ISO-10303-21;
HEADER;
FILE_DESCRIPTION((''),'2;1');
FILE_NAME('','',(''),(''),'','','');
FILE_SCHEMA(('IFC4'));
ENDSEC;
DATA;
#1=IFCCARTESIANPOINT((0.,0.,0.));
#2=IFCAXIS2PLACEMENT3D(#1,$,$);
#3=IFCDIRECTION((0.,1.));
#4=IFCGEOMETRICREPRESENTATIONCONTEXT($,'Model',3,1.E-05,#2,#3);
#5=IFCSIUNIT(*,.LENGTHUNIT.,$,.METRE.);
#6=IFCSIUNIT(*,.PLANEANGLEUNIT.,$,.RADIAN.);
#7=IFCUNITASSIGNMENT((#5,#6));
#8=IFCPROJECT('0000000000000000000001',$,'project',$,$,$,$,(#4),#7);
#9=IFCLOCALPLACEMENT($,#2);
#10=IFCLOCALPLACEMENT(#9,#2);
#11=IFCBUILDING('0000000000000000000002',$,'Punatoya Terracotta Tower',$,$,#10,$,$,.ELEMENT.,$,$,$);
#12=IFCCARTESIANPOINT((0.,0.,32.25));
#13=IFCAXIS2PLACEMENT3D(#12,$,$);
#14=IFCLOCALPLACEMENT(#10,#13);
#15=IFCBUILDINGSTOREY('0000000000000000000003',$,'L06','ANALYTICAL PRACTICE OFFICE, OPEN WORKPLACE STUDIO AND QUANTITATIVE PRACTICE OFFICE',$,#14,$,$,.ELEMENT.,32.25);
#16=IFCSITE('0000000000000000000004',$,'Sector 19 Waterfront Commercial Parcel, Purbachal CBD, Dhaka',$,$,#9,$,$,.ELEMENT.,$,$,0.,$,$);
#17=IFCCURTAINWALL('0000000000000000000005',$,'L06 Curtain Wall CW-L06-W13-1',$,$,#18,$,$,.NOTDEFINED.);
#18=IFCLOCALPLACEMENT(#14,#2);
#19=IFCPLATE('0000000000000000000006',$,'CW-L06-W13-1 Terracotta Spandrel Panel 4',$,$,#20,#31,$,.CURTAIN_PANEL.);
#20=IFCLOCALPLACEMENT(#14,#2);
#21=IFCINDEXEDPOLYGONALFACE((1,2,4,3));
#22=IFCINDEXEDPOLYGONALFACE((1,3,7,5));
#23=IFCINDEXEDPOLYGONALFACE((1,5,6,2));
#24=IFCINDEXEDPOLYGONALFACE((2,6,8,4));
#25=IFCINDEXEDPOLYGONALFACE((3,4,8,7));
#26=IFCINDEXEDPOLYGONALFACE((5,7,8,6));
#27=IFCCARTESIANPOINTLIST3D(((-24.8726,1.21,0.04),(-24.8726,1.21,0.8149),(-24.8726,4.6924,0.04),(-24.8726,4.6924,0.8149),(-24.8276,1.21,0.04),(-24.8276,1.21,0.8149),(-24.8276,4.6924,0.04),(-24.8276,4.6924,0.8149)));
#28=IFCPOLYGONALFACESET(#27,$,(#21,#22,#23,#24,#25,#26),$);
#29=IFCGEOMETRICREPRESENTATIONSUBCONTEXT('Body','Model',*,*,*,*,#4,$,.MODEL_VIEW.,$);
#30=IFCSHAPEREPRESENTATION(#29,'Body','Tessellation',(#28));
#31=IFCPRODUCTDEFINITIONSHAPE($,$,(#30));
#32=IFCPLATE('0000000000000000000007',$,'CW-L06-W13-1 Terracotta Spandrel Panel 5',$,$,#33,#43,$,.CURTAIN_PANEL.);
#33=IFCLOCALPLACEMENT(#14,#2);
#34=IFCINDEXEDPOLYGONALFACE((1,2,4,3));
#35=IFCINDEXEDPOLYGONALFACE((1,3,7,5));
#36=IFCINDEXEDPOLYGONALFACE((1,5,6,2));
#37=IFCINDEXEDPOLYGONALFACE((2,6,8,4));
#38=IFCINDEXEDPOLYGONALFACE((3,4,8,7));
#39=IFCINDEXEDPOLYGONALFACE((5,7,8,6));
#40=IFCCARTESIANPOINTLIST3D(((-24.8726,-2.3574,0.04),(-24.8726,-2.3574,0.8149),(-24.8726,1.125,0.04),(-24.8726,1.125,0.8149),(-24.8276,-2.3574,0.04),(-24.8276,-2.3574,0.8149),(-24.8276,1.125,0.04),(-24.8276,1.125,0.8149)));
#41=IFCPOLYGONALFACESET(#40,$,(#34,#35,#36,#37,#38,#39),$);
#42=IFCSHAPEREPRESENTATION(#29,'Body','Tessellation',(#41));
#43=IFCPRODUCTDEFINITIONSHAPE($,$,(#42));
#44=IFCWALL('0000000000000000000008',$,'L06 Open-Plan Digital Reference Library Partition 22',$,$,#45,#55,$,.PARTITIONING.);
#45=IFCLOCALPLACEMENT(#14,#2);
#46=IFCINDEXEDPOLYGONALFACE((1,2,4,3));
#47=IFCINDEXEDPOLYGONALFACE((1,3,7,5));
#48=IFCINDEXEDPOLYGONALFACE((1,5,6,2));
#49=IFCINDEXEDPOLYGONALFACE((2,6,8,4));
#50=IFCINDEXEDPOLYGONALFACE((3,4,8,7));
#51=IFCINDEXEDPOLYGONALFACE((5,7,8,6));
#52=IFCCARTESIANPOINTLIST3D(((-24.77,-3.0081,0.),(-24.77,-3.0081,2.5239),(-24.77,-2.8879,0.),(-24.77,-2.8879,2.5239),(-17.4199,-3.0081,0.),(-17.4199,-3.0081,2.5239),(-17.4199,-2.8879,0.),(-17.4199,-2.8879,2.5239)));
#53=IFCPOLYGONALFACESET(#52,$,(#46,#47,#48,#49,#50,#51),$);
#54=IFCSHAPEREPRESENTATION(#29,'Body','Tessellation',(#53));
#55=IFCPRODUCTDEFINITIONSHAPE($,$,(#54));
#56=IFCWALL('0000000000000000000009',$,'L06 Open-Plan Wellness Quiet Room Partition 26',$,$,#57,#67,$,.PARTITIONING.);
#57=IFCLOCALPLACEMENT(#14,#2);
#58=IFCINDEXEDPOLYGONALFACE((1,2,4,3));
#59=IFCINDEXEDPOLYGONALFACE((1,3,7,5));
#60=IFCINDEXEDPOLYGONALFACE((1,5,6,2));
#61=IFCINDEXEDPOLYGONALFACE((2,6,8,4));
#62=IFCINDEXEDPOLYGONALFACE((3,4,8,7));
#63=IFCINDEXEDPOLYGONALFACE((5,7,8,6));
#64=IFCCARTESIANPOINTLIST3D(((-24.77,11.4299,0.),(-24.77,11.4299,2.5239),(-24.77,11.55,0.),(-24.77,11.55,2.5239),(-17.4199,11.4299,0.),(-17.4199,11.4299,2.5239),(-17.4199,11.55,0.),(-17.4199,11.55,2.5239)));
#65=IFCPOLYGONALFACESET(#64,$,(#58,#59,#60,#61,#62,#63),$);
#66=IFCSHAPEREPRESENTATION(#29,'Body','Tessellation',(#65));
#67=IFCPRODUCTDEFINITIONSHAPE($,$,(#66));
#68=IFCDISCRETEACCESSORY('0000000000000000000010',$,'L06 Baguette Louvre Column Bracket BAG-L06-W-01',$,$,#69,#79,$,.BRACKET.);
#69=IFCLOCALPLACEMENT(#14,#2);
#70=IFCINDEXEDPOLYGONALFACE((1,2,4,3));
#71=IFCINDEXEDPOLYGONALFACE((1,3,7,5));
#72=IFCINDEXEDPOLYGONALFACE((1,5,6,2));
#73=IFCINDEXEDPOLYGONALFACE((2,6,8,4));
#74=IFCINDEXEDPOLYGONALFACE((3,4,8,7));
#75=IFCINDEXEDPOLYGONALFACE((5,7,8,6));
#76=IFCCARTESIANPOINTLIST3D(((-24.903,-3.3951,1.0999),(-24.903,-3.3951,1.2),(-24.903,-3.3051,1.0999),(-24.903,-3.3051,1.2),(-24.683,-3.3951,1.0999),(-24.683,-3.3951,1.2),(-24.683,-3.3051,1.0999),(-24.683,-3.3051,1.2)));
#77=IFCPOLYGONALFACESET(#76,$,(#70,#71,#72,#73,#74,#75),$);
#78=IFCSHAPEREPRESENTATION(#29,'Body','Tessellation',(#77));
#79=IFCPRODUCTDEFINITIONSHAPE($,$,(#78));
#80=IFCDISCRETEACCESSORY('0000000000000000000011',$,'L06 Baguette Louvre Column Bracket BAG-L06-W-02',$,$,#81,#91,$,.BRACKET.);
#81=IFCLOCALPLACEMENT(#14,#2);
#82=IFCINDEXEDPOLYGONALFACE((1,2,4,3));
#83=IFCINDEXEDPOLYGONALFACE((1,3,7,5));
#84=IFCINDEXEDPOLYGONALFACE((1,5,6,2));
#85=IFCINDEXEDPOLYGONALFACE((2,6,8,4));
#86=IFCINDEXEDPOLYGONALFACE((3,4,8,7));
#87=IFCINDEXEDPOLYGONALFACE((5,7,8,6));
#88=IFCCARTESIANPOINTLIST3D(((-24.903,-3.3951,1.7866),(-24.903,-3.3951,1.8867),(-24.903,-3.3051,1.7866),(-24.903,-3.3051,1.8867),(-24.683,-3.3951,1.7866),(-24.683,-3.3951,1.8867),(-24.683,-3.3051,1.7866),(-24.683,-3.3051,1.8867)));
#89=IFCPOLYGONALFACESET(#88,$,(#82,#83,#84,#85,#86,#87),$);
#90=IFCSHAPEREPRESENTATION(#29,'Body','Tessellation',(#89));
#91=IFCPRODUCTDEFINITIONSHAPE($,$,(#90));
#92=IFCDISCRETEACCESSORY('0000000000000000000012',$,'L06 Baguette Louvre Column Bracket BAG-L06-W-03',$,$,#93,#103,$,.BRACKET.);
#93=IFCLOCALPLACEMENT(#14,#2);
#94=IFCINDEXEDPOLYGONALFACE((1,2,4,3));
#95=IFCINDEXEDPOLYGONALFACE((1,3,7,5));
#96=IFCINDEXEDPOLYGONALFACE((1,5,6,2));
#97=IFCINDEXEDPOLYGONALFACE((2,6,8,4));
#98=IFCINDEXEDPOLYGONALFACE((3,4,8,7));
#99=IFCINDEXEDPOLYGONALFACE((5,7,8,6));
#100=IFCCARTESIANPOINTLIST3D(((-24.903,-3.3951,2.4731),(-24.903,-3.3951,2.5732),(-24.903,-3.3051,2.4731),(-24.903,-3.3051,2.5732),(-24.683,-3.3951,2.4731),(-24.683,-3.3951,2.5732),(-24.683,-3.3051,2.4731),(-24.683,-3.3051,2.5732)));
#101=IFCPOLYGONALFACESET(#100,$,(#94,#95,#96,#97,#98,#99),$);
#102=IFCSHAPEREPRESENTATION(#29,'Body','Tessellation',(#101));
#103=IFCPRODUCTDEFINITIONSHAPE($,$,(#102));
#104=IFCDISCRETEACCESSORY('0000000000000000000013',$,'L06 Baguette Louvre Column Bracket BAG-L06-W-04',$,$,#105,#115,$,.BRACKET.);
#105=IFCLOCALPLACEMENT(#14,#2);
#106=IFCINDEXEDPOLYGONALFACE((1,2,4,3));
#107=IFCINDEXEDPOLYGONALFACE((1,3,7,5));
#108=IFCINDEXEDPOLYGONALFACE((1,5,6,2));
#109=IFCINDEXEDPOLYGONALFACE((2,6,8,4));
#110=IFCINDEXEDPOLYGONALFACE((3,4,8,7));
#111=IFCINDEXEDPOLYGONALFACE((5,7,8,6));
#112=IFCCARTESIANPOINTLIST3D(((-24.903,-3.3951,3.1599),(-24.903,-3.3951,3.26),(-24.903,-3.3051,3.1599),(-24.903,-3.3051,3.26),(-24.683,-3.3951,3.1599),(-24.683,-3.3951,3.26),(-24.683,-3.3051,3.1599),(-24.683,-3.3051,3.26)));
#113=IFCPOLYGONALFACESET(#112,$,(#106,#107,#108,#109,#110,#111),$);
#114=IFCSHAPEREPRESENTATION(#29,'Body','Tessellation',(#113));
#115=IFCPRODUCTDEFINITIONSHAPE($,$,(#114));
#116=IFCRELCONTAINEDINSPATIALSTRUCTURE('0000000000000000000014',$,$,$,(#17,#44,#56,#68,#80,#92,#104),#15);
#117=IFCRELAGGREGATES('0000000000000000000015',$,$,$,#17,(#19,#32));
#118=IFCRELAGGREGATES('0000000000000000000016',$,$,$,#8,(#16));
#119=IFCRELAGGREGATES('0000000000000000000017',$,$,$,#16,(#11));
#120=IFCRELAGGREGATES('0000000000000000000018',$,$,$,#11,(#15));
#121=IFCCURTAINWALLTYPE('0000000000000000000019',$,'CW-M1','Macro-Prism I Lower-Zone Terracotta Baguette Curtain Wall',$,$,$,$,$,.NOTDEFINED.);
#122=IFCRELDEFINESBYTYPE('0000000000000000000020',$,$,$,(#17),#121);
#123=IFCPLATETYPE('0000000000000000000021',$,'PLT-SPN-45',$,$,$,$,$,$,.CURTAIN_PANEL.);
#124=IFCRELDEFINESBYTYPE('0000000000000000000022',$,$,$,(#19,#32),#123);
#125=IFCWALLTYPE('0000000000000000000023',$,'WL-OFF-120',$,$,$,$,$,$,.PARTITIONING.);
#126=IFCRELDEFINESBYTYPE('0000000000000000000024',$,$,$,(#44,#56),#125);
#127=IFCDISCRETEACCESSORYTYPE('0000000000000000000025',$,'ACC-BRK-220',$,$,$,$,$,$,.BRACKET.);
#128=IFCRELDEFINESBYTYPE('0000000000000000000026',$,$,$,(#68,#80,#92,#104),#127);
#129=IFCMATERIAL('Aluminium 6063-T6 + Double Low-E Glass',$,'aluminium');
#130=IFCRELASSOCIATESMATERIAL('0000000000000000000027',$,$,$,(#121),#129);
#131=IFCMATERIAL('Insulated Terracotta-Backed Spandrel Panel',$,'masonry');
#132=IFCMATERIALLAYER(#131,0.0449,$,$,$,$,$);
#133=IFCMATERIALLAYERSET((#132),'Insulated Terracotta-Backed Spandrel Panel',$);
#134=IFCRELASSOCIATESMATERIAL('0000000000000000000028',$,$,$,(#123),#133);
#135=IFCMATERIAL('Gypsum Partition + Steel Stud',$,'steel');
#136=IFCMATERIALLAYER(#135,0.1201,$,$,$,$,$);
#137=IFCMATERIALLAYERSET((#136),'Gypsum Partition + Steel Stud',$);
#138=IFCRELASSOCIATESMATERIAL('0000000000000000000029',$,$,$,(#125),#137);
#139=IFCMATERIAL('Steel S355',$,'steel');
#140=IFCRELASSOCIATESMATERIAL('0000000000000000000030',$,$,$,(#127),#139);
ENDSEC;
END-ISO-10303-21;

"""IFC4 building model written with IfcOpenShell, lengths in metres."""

from ifc_helpers import new_model, si_unit, direction, frame, frame_2d, origin, origin_2d, place, context, subcontext, project, spatial, rectangle, extrude, material, layer, layer_set, type_object, element, aggregate, save


model = new_model("IFC4")

# Units and contexts
model_context = context("Model", 3, precision=1e-05, world=origin(), true_north=direction((0.0, 1.0)))
body_context = subcontext(model_context, "Body", "Model", "MODEL_VIEW")
ifc_project = project(units=[si_unit("LENGTHUNIT", "METRE"), si_unit("PLANEANGLEUNIT", "RADIAN")], contexts=[model_context])

# Site, building, storey
site_placement = place(None, origin())
site = spatial("IfcSite", under=ifc_project, at=site_placement, Name="Sector 19 Waterfront Commercial Parcel, Purbachal CBD, Dhaka", CompositionType="ELEMENT", RefElevation=0.0)
building_placement = place(site_placement, origin())
building = spatial("IfcBuilding", under=site, at=building_placement, Name="Punatoya Terracotta Tower", CompositionType="ELEMENT")
storey_placement = place(building_placement, frame((0.0, 0.0, 32.25)))
storey = spatial("IfcBuildingStorey", under=building, at=storey_placement, Name="L06", Description="ANALYTICAL PRACTICE OFFICE, OPEN WORKPLACE STUDIO AND QUANTITATIVE PRACTICE OFFICE", CompositionType="ELEMENT", Elevation=32.25)

# Curtain wall
ifc_material_1 = material(Name="Aluminium 6063-T6 + Double Low-E Glass", Category="aluminium")
curtain_wall_type = type_object("IfcCurtainWallType", Name="CW-M1", Description="Macro-Prism I Lower-Zone Terracotta Baguette Curtain Wall", PredefinedType="NOTDEFINED", material=ifc_material_1)
curtain_wall_placement = place(storey_placement, origin())
curtain_wall = element("IfcCurtainWall", 1, at=curtain_wall_placement, inside=storey, type_object=curtain_wall_type, Name="L06 Curtain Wall CW-L06-W13-1", PredefinedType="NOTDEFINED")

# Shared definitions
ifc_material_2 = material(Name="Steel S355", Category="steel")

# Plates
ifc_material_3 = material(Name="Insulated Terracotta-Backed Spandrel Panel", Category="masonry")
ifc_layer_1 = layer(ifc_material_3, 0.0449)
ifc_layer_set_1 = layer_set([ifc_layer_1], Name="Insulated Terracotta-Backed Spandrel Panel")
plate_type_1 = type_object("IfcPlateType", Name="PLT-SPN-45", PredefinedType="CURTAIN_PANEL", material=ifc_layer_set_1)
plate_1_placement = place(storey_placement, frame((-24.8501, 2.9512, 0.04), z_axis=(0.0, 0.0, 1.0), x_axis=(0.0, -1.0, 0.0)))
plate_1 = element("IfcPlate", 2, at=plate_1_placement, type_object=plate_type_1, Name="CW-L06-W13-1 Terracotta Spandrel Panel 4", PredefinedType="CURTAIN_PANEL", context=body_context, shape_type="SweptSolid", body=[
    extrude(rectangle(XDim=3.4824, YDim=0.0449, at=origin_2d()), origin(), (0.0, 0.0, 1.0), 0.7749),
])
plate_2_placement = place(storey_placement, frame((-24.8501, -0.6162, 0.04), z_axis=(0.0, 0.0, 1.0), x_axis=(0.0, -1.0, 0.0)))
plate_2 = element("IfcPlate", 3, at=plate_2_placement, type_object=plate_type_1, Name="CW-L06-W13-1 Terracotta Spandrel Panel 5", PredefinedType="CURTAIN_PANEL", context=body_context, shape_type="SweptSolid", body=[
    extrude(rectangle(XDim=3.4824, YDim=0.0449, at=origin_2d()), origin(), (0.0, 0.0, 1.0), 0.7749),
])
aggregate(curtain_wall, [plate_1, plate_2])

# Walls
ifc_material_4 = material(Name="Gypsum Partition + Steel Stud", Category="steel")
ifc_layer_2 = layer(ifc_material_4, 0.1201)
ifc_layer_set_2 = layer_set([ifc_layer_2], Name="Gypsum Partition + Steel Stud")
wall_type = type_object("IfcWallType", Name="WL-OFF-120", PredefinedType="PARTITIONING", material=ifc_layer_set_2)
for number, where, z_axis, x_axis, name in (
    (4, (-24.77, -2.948, 0.0), (0.0, 0.0, 1.0), (1.0, 0.0, 0.0), "L06 Open-Plan Digital Reference Library Partition 22"),
    (5, (-24.77, 11.49, 0.0), (0.0, 0.0, 1.0), (1.0, 0.0, 0.0), "L06 Open-Plan Wellness Quiet Room Partition 26"),
):
    element("IfcWall", number, at=place(storey_placement, frame(where, z_axis=z_axis, x_axis=x_axis)), inside=storey, type_object=wall_type, Name=name, PredefinedType="PARTITIONING", context=body_context, shape_type="SweptSolid", body=[
        extrude(rectangle(XDim=7.3501, YDim=0.1201, at=frame_2d((3.675, 0.0))), origin(), (0.0, 0.0, 1.0), 2.5239),
    ])

# Discrete accessories
discrete_accessory_type = type_object("IfcDiscreteAccessoryType", Name="ACC-BRK-220", PredefinedType="BRACKET", material=ifc_material_2)
for number, where, z_axis, x_axis, name in (
    (6, (-24.793, -3.3501, 1.0999), (0.0, 0.0, 1.0), (0.0, 1.0, 0.0), "L06 Baguette Louvre Column Bracket BAG-L06-W-01"),
    (7, (-24.793, -3.3501, 1.7866), (0.0, 0.0, 1.0), (0.0, 1.0, 0.0), "L06 Baguette Louvre Column Bracket BAG-L06-W-02"),
    (8, (-24.793, -3.3501, 2.4731), (0.0, 0.0, 1.0), (0.0, 1.0, 0.0), "L06 Baguette Louvre Column Bracket BAG-L06-W-03"),
    (9, (-24.793, -3.3501, 3.1599), (0.0, 0.0, 1.0), (0.0, 1.0, 0.0), "L06 Baguette Louvre Column Bracket BAG-L06-W-04"),
):
    element("IfcDiscreteAccessory", number, at=place(storey_placement, frame(where, z_axis=z_axis, x_axis=x_axis)), inside=storey, type_object=discrete_accessory_type, Name=name, PredefinedType="BRACKET", context=body_context, shape_type="SweptSolid", body=[
        extrude(rectangle(XDim=0.0901, YDim=0.22, at=origin_2d()), origin(), (0.0, 0.0, 1.0), 0.1001),
    ])

save(model, "model.ifc")
